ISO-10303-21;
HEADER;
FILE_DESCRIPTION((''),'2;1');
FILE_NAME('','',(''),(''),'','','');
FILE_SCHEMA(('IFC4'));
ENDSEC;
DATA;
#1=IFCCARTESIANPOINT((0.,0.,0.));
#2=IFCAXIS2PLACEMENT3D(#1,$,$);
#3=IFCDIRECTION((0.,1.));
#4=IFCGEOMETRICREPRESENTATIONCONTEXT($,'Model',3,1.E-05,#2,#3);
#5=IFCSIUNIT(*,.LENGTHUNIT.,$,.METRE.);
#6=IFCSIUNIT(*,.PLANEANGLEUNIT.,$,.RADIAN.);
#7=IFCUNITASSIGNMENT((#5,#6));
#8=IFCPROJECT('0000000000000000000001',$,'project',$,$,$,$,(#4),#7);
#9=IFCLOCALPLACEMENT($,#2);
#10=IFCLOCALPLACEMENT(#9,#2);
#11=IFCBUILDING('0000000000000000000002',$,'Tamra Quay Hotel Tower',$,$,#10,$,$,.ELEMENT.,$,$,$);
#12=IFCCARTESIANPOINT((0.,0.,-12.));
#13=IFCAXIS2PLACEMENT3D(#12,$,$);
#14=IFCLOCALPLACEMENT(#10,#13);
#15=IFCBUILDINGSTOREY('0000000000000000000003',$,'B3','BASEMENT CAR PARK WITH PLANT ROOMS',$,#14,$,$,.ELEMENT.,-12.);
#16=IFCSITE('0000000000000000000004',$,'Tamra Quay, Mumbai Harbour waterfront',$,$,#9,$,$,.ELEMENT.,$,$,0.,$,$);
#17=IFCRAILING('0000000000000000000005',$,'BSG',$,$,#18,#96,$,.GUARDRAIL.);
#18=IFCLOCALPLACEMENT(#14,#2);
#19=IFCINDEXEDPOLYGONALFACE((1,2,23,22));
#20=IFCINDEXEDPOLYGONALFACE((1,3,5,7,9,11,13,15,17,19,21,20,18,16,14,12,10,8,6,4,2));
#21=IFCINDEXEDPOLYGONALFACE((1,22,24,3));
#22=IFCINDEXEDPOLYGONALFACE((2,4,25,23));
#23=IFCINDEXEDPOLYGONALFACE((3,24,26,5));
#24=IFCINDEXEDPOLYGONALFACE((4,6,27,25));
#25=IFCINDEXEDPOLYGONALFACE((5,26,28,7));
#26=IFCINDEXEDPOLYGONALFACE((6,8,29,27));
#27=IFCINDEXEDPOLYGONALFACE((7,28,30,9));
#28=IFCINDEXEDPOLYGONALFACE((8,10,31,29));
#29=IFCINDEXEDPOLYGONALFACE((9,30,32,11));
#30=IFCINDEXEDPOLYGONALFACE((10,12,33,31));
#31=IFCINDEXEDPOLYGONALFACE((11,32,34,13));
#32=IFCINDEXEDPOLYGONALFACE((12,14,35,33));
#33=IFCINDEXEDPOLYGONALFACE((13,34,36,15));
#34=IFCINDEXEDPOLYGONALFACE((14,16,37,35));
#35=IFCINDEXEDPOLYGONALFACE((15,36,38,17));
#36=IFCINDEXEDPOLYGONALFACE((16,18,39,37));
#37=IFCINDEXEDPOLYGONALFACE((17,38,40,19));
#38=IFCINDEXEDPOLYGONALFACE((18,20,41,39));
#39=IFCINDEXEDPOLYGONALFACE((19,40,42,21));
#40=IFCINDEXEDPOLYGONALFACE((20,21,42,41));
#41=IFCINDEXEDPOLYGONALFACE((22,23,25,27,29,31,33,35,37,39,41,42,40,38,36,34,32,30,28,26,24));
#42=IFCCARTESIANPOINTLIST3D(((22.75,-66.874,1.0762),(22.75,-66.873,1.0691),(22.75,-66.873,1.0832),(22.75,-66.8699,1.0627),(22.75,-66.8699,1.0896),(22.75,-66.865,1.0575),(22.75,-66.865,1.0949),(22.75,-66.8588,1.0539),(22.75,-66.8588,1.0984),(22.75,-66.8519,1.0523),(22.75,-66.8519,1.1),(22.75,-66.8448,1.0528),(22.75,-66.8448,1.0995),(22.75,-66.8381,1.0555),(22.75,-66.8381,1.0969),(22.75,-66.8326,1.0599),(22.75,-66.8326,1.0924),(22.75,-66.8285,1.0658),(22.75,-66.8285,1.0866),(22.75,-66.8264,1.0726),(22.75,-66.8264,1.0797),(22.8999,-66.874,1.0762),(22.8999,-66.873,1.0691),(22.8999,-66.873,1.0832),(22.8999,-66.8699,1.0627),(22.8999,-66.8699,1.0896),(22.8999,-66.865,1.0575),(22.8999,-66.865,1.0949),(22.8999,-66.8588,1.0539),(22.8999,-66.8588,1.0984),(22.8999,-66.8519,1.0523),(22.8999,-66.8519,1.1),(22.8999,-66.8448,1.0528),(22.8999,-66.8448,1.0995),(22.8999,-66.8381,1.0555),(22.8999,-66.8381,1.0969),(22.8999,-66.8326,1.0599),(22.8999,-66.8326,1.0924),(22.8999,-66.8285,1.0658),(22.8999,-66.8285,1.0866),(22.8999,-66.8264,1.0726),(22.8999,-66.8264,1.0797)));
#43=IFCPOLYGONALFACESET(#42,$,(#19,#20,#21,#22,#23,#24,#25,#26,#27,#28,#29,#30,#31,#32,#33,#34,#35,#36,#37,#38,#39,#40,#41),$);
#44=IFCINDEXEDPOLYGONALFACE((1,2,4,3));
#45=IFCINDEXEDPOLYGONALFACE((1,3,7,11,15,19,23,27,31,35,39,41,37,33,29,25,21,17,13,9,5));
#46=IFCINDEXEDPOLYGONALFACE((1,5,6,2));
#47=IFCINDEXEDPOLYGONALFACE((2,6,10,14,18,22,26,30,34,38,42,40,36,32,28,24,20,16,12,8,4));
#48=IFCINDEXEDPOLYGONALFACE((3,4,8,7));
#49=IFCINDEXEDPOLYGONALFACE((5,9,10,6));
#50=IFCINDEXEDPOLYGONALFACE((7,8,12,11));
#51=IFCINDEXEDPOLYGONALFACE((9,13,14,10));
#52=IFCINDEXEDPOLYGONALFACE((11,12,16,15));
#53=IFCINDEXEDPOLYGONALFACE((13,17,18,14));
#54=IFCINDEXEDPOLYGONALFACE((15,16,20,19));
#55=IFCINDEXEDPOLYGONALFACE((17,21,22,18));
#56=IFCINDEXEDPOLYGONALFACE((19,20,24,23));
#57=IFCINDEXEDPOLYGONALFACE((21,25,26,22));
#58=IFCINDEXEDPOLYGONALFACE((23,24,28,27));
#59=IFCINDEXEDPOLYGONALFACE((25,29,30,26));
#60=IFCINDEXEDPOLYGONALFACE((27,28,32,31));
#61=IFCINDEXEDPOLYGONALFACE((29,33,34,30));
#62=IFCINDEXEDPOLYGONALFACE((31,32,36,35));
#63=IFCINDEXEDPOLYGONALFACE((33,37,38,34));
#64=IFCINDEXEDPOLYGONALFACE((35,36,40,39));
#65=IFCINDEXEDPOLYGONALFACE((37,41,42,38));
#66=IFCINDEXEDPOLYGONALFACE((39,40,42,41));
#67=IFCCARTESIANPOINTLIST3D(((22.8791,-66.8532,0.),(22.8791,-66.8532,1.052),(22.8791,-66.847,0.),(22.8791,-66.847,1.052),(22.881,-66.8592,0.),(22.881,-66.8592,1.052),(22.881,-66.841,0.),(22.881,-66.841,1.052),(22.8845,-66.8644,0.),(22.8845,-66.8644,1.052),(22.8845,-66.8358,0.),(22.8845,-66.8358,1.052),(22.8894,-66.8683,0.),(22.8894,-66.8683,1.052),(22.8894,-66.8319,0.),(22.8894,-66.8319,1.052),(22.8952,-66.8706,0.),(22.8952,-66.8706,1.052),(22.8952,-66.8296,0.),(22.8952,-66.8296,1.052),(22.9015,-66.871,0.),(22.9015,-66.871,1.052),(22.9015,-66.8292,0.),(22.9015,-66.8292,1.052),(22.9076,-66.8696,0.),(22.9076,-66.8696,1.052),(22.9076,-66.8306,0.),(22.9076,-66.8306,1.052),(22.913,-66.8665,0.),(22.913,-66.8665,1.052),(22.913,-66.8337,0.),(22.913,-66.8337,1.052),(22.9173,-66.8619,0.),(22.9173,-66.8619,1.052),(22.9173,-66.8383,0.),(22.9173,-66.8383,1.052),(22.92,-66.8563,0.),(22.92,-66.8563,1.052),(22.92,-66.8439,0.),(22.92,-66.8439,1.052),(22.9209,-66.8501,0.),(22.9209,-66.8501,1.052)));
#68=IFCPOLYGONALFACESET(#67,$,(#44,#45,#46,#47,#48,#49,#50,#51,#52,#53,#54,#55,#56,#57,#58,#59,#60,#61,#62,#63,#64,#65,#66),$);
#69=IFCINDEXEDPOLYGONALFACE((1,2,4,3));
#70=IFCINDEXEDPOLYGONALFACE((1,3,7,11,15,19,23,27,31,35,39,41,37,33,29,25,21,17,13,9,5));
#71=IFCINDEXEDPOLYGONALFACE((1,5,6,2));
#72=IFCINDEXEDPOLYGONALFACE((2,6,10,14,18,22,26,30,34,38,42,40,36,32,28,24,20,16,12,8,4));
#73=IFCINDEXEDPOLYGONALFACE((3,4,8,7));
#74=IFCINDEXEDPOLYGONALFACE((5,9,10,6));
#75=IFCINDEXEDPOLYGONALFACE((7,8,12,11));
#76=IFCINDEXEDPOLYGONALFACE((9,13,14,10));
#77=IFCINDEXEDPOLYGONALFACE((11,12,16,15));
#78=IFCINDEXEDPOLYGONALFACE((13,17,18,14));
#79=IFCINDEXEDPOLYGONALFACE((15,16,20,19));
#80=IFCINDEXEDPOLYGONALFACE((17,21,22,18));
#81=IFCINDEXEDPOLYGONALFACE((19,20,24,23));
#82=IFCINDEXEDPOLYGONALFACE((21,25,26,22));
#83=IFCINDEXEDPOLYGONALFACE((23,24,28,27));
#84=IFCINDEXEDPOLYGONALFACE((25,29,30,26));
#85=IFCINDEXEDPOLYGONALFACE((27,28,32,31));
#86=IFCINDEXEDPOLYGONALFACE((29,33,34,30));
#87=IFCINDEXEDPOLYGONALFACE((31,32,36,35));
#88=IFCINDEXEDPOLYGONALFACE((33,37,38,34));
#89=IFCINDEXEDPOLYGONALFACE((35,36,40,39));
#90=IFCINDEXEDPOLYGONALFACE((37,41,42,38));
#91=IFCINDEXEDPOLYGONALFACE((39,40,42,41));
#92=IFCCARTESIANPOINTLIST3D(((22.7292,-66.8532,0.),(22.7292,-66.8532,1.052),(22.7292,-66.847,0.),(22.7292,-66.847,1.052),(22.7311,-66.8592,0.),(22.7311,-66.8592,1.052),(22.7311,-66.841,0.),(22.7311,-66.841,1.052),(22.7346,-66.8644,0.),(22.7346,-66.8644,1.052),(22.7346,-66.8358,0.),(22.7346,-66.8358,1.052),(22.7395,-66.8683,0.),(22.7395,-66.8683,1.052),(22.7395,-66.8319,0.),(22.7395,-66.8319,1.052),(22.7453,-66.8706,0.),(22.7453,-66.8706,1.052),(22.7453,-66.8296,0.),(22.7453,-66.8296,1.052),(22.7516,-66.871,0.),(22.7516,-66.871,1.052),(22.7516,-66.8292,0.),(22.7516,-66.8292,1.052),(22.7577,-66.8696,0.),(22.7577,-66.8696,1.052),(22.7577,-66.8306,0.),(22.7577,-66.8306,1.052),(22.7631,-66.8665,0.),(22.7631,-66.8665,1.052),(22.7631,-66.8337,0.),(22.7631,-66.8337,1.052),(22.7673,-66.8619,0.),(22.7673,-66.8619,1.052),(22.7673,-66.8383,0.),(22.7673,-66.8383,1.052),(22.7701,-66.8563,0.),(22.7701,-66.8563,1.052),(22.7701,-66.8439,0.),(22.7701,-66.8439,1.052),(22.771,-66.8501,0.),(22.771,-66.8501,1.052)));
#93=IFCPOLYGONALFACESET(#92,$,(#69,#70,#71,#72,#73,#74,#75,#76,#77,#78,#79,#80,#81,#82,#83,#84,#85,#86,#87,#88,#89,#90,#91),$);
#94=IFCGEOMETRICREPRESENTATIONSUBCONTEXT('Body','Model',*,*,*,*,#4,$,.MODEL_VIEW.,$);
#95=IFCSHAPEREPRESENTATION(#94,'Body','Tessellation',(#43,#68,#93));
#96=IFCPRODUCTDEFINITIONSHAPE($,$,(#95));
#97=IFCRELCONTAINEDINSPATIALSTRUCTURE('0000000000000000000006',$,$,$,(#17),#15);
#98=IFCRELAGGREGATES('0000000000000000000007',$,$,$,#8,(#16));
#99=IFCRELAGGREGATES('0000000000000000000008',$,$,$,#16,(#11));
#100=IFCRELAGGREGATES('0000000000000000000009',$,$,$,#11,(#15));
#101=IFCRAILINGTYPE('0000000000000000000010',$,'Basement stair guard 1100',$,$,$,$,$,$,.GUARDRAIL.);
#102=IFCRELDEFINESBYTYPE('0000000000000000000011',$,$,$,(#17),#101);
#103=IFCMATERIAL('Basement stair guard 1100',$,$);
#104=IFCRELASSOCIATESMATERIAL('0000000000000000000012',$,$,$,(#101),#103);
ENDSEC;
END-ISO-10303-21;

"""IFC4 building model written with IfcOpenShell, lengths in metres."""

from ifc_helpers import new_model, si_unit, direction, frame, origin, origin_2d, place, context, subcontext, project, spatial, circle, extrude, material, type_object, element, save


model = new_model("IFC4")

# Units and contexts
model_context = context("Model", 3, precision=1e-05, world=origin(), true_north=direction((0.0, 1.0)))
body_context = subcontext(model_context, "Body", "Model", "MODEL_VIEW")
ifc_project = project(units=[si_unit("LENGTHUNIT", "METRE"), si_unit("PLANEANGLEUNIT", "RADIAN")], contexts=[model_context])

# Site, building, storey
site_placement = place(None, origin())
site = spatial("IfcSite", under=ifc_project, at=site_placement, Name="Tamra Quay, Mumbai Harbour waterfront", CompositionType="ELEMENT", RefElevation=0.0)
building_placement = place(site_placement, origin())
building = spatial("IfcBuilding", under=site, at=building_placement, Name="Tamra Quay Hotel Tower", CompositionType="ELEMENT")
storey_placement = place(building_placement, frame((0.0, 0.0, -12.0)))
storey = spatial("IfcBuildingStorey", under=building, at=storey_placement, Name="B3", Description="BASEMENT CAR PARK WITH PLANT ROOMS", CompositionType="ELEMENT", Elevation=-12.0)

# Railing
ifc_material_1 = material(Name="Basement stair guard 1100")
railing_type_1 = type_object("IfcRailingType", Name="Basement stair guard 1100", PredefinedType="GUARDRAIL", material=ifc_material_1)
railing_1_placement = place(storey_placement, frame((22.8999, -66.8501, 0.0)))
element("IfcRailing", 1, at=railing_1_placement, inside=storey, type_object=railing_type_1, Name="BSG", PredefinedType="GUARDRAIL", context=body_context, shape_type="SweptSolid", body=[
    extrude(circle(Radius=0.0239, at=origin_2d()), frame((0.0, 0.0, 1.0762), z_axis=(-1.0, 0.0, 0.0), x_axis=(0.0, -1.0, 0.0)), (0.0, 0.0, 1.0), 0.1499),
    extrude(circle(Radius=0.021, at=origin_2d()), origin(), (0.0, 0.0, 1.0), 1.052),
    extrude(circle(Radius=0.021, at=origin_2d()), frame((-0.1499, 0.0, 0.0)), (0.0, 0.0, 1.0), 1.052),
])

save(model, "model.ifc")
